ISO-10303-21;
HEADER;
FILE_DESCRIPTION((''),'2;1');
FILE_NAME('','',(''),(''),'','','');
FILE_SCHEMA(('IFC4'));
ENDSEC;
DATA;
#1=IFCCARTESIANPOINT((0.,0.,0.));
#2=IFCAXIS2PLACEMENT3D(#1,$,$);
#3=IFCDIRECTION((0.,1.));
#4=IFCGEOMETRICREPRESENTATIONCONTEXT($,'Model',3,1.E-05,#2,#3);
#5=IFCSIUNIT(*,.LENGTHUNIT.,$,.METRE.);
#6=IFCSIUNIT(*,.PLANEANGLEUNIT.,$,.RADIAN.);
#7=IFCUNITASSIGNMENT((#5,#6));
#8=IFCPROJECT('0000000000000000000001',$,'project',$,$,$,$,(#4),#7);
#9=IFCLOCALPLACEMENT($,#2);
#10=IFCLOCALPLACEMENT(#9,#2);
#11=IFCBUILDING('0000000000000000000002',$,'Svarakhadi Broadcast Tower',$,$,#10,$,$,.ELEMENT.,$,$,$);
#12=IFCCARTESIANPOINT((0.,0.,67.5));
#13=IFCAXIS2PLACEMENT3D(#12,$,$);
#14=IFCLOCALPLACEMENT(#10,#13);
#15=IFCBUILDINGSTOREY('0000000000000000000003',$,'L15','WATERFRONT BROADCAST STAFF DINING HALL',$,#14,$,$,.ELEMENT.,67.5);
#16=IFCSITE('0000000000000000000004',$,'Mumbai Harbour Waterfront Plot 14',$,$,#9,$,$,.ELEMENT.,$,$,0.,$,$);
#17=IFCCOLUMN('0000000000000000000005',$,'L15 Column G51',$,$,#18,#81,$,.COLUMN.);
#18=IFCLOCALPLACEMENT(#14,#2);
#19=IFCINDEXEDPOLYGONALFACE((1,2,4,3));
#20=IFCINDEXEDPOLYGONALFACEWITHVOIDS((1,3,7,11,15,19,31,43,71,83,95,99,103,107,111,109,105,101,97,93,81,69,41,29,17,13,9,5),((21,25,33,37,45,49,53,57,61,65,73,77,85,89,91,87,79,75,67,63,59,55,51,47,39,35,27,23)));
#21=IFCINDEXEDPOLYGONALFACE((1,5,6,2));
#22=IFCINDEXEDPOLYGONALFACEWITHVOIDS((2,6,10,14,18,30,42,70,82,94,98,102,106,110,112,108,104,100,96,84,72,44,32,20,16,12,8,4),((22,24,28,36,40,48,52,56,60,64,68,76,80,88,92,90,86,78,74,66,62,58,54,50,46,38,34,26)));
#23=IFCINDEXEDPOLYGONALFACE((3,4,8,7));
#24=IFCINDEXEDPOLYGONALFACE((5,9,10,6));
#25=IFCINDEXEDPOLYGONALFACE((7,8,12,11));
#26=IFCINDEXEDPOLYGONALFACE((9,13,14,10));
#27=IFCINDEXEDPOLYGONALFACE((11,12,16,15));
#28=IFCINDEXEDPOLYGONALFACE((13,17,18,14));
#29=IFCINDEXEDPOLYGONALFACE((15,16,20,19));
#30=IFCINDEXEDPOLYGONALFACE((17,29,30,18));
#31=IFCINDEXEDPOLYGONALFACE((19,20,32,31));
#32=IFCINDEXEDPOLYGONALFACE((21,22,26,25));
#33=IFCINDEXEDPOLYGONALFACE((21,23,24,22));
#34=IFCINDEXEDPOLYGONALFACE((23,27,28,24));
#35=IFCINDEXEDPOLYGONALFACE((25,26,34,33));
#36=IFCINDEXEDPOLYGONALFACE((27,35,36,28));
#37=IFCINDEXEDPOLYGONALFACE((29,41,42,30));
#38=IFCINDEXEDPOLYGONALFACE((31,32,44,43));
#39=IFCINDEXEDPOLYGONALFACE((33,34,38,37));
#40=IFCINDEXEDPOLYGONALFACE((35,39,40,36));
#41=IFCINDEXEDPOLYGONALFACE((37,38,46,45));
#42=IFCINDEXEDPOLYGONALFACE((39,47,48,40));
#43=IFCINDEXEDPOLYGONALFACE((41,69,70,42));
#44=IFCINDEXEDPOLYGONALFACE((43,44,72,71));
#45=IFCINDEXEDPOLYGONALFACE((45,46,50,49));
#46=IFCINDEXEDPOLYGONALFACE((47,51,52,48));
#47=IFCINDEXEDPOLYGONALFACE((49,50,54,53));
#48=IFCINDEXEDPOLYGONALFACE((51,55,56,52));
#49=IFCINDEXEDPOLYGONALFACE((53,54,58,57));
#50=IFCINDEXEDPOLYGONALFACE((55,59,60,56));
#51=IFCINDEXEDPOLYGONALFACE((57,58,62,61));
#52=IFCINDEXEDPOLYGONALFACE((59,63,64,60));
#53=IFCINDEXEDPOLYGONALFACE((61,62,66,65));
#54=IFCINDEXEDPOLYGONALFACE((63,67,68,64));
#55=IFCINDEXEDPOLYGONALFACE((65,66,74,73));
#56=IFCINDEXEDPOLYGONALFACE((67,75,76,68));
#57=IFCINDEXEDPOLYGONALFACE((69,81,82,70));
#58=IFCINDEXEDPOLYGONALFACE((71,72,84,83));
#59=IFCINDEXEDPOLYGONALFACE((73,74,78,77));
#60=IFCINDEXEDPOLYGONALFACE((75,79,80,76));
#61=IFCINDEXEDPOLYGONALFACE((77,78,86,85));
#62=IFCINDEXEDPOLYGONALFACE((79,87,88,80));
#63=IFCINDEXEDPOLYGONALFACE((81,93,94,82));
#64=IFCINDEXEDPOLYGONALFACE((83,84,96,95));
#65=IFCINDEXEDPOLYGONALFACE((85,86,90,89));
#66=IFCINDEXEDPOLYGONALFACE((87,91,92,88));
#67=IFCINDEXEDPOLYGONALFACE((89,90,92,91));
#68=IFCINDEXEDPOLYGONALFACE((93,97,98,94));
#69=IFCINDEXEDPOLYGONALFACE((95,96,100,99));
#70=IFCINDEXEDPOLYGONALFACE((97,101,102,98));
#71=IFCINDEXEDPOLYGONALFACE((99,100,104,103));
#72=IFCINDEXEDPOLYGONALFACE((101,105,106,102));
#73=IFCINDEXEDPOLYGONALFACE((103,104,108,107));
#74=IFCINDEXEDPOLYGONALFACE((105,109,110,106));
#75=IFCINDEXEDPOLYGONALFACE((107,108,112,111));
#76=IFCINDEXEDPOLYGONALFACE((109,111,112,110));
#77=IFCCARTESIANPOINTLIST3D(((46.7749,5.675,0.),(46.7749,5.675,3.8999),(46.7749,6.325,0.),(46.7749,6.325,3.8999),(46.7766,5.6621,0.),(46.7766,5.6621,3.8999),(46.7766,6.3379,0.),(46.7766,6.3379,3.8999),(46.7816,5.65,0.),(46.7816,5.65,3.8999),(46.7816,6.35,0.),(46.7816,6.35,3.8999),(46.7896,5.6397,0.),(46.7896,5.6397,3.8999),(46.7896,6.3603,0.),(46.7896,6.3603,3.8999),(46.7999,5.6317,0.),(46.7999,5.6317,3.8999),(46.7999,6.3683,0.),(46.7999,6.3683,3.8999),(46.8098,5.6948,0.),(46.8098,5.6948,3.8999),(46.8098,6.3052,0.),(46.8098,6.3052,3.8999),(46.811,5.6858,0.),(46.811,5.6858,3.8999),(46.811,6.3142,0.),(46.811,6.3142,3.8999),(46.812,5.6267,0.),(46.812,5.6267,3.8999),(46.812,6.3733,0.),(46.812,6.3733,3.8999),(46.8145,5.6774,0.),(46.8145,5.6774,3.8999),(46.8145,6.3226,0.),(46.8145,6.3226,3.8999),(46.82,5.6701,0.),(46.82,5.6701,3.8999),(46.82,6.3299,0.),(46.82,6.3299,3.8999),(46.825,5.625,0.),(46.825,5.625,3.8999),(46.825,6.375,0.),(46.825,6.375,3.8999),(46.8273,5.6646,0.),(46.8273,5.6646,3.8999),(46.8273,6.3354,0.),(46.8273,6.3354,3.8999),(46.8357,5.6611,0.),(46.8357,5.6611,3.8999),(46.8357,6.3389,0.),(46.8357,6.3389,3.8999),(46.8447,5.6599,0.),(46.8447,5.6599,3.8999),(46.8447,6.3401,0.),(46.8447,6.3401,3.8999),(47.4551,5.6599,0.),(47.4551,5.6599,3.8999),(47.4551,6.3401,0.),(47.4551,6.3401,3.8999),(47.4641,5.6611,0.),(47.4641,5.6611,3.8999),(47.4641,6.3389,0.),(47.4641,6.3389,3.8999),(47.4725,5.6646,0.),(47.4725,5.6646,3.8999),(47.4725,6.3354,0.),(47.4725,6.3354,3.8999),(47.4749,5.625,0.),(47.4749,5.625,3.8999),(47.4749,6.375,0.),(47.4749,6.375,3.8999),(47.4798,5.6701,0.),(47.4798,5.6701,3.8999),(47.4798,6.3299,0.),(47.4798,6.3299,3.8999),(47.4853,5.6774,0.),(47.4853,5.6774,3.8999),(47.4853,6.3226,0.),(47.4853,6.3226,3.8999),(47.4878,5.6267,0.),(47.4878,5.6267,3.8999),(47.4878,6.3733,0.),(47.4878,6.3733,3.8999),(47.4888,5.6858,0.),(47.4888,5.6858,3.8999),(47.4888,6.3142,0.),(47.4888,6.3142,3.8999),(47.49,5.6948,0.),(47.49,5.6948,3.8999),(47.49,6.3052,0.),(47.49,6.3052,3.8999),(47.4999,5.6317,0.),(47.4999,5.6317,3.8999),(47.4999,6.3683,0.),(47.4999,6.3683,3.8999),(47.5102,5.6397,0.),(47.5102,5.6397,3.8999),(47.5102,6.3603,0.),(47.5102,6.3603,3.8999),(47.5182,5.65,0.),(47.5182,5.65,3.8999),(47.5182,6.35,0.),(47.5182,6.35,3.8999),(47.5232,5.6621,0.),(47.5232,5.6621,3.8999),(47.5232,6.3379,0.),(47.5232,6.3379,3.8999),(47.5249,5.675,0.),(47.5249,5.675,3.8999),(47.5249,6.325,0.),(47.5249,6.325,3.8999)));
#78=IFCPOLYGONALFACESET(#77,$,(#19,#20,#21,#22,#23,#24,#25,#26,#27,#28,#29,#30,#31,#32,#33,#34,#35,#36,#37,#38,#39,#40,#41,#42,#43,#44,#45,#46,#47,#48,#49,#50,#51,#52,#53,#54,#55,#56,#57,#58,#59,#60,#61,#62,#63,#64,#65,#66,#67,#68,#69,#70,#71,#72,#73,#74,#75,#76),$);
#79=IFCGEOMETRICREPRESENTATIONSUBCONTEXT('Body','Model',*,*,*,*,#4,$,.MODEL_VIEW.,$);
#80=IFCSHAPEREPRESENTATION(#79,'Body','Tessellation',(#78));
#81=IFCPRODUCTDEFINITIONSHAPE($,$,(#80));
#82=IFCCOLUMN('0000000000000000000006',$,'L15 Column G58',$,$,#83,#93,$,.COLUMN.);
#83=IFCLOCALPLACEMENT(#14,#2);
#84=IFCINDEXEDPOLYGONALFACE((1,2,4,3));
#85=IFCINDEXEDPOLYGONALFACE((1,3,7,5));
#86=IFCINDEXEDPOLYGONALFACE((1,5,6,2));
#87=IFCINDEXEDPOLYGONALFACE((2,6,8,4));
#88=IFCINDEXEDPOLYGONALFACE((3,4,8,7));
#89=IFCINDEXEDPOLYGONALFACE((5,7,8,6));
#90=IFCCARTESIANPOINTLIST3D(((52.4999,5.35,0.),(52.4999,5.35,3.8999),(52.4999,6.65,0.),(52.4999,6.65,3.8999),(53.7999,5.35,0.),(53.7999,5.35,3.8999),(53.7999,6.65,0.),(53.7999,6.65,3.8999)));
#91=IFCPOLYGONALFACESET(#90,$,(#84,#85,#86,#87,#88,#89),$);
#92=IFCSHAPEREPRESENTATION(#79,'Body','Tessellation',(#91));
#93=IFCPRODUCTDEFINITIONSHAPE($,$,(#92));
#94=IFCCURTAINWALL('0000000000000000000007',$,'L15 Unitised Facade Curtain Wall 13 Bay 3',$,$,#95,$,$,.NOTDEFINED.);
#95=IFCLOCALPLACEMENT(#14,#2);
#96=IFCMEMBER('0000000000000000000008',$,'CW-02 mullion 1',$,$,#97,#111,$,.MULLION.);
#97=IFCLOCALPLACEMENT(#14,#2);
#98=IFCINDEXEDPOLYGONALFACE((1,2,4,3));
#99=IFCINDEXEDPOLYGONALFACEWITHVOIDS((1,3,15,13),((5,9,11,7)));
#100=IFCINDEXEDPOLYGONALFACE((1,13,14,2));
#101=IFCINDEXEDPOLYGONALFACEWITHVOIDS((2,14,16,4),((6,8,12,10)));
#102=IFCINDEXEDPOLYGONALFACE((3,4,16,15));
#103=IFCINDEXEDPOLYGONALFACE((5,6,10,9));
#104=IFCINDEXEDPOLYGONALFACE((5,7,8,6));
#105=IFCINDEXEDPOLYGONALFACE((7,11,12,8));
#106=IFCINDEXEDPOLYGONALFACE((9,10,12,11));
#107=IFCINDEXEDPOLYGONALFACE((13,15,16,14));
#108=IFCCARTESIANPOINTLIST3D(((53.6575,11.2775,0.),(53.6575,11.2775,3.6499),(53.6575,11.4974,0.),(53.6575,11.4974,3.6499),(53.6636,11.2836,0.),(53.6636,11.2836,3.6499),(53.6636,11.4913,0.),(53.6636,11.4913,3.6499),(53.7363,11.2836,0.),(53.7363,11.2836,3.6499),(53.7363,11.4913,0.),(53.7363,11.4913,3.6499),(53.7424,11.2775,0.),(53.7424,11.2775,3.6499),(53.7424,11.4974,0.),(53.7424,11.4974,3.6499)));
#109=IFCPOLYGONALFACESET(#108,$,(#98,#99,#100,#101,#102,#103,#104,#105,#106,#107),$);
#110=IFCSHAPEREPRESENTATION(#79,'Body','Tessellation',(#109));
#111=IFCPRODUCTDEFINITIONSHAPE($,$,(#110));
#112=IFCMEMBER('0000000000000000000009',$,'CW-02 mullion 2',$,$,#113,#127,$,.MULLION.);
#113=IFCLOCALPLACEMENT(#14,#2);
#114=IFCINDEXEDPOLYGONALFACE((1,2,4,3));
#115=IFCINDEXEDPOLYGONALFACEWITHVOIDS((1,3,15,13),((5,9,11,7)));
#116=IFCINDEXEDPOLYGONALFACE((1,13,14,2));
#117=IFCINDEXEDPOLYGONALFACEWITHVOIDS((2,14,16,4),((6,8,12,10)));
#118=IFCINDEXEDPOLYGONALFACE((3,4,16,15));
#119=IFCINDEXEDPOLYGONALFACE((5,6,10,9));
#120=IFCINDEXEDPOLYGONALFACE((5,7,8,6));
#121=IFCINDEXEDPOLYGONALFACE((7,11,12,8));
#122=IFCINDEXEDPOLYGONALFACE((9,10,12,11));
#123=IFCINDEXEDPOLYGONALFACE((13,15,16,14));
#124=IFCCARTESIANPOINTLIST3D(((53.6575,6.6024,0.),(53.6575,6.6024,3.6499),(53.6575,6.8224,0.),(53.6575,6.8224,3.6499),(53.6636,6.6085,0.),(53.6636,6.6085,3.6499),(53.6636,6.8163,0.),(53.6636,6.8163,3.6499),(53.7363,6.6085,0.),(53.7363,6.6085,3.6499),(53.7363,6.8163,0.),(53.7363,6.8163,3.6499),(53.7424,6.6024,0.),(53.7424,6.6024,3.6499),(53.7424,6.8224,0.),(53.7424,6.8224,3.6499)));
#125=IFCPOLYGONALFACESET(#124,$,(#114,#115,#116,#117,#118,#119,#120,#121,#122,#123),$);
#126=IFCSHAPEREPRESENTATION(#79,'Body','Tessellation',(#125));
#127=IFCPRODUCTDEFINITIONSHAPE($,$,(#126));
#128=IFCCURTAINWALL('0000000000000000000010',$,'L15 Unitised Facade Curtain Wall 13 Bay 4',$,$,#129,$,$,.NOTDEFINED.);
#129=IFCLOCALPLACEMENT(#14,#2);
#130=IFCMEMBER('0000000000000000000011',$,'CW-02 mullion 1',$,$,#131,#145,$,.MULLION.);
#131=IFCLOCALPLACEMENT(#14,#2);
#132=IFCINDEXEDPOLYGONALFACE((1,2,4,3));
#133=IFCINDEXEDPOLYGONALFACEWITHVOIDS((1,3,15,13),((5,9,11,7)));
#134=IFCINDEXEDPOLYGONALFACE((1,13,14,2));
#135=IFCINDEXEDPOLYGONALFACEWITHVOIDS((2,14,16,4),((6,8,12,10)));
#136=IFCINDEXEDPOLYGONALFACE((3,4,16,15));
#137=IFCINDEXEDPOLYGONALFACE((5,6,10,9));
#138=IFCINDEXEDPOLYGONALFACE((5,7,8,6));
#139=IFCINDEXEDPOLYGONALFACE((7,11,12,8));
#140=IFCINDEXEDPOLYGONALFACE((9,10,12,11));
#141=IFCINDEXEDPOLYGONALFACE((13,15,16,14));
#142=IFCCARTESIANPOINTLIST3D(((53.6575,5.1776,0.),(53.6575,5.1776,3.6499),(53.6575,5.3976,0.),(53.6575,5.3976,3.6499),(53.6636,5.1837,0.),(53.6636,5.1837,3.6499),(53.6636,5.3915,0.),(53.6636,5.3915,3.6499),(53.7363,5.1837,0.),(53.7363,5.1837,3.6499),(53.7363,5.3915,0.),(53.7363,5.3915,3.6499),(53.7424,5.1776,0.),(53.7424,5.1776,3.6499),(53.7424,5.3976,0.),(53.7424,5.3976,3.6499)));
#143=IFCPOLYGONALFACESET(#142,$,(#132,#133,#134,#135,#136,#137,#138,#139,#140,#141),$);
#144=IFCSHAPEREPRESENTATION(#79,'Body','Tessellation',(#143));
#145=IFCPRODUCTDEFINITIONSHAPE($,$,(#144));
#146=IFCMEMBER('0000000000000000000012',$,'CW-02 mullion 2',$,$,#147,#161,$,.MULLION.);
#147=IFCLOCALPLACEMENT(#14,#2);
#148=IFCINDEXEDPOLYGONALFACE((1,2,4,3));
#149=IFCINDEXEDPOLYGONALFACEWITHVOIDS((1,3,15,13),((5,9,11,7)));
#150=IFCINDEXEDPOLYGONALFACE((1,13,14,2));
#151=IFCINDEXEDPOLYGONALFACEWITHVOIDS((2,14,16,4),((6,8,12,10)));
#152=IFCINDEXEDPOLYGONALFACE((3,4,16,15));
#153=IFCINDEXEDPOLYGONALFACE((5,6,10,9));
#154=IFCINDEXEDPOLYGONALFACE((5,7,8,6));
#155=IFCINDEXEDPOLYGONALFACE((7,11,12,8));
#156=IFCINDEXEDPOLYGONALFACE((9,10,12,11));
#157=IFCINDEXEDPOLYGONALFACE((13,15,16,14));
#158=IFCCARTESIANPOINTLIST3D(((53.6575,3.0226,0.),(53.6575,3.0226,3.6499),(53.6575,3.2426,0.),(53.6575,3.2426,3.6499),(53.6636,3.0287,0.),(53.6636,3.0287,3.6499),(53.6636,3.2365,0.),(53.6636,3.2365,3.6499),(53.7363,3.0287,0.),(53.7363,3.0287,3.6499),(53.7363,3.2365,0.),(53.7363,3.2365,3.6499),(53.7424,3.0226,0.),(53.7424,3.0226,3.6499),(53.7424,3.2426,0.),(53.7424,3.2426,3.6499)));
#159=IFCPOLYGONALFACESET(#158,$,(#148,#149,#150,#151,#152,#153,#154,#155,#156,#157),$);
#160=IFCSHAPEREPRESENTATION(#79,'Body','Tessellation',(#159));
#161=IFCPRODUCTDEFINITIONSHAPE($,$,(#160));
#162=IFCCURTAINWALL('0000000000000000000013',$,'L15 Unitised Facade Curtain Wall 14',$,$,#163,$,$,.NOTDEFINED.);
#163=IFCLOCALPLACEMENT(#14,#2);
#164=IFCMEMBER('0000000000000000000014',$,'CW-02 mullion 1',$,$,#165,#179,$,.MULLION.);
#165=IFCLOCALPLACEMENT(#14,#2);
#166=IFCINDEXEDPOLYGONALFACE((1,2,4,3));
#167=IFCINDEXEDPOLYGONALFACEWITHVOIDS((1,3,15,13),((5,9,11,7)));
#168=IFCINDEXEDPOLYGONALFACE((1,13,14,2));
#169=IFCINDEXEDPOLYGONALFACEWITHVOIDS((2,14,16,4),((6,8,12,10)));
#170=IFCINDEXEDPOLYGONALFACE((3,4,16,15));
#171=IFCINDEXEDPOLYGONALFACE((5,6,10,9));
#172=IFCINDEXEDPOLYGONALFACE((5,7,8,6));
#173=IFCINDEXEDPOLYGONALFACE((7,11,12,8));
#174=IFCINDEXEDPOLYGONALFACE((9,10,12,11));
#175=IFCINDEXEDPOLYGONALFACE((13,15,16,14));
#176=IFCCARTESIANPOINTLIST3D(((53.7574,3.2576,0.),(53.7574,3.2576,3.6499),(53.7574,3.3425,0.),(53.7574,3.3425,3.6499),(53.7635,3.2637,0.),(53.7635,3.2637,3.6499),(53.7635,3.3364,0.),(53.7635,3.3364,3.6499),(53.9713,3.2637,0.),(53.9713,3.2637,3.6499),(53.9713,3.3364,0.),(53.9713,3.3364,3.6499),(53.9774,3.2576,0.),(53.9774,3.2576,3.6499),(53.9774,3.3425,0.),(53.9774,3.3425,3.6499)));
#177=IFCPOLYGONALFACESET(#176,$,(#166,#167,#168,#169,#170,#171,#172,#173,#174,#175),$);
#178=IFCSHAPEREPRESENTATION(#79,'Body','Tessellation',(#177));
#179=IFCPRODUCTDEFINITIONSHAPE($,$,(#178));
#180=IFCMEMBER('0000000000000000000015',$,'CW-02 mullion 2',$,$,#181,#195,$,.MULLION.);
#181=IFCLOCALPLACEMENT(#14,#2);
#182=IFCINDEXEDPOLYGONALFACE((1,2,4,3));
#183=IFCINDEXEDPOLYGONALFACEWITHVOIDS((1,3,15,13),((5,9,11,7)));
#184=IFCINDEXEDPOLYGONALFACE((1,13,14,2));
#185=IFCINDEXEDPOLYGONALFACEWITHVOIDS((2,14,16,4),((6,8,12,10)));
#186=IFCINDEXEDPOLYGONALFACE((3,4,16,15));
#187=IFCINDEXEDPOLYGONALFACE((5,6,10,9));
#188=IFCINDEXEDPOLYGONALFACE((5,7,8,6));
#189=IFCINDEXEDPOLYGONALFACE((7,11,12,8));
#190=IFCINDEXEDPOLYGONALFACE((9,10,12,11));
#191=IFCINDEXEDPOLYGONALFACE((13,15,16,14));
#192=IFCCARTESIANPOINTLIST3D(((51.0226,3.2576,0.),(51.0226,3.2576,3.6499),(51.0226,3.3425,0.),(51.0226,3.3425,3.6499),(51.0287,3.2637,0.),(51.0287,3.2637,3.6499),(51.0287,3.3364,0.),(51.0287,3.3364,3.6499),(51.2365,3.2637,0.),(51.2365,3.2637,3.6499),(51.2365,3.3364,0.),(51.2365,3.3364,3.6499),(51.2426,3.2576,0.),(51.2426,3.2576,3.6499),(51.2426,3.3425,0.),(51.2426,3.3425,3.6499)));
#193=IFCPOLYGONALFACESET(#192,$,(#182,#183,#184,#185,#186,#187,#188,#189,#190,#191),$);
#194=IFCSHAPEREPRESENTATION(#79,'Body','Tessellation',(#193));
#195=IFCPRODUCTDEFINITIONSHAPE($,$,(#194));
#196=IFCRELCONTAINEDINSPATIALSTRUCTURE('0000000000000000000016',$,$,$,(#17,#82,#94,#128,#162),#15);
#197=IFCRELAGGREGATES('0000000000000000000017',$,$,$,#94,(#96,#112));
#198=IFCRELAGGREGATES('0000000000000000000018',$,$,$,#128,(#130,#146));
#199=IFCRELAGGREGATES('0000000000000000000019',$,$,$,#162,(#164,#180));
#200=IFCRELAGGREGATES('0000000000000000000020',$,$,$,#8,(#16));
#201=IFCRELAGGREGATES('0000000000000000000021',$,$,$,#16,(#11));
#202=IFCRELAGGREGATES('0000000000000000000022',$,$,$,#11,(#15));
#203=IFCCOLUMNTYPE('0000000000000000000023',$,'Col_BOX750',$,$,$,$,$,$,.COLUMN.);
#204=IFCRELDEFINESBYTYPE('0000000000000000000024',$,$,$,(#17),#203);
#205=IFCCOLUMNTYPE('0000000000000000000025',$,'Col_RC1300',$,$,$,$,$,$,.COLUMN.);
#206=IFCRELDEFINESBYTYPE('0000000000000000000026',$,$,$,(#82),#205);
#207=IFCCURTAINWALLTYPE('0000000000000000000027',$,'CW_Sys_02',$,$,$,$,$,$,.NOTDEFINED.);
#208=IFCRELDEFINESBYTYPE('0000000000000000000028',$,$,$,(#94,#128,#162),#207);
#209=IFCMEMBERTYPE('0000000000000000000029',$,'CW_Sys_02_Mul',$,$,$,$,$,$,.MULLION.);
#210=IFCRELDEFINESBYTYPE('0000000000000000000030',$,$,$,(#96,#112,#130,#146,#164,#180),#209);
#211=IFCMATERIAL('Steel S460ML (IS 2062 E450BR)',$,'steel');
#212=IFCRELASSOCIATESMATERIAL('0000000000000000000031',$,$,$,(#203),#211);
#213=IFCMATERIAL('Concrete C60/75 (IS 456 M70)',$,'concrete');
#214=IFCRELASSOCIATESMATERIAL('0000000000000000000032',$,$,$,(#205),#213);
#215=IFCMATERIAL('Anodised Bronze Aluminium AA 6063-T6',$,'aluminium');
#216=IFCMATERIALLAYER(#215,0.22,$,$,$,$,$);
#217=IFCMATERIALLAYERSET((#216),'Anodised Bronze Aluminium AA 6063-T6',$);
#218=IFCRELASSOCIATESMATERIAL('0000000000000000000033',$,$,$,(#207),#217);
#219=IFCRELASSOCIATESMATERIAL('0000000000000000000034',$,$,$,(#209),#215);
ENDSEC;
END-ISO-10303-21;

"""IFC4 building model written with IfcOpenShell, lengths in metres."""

from ifc_helpers import new_model, si_unit, direction, frame, origin, origin_2d, place, context, subcontext, project, spatial, rectangle, hollow_rectangle, extrude, material, layer, layer_set, material_profile, profile_set, type_object, element, aggregate, save


model = new_model("IFC4")

# Units and contexts
model_context = context("Model", 3, precision=1e-05, world=origin(), true_north=direction((0.0, 1.0)))
body_context = subcontext(model_context, "Body", "Model", "MODEL_VIEW")
ifc_project = project(units=[si_unit("LENGTHUNIT", "METRE"), si_unit("PLANEANGLEUNIT", "RADIAN")], contexts=[model_context])

# Site, building, storey
site_placement = place(None, origin())
site = spatial("IfcSite", under=ifc_project, at=site_placement, Name="Mumbai Harbour Waterfront Plot 14", CompositionType="ELEMENT", RefElevation=0.0)
building_placement = place(site_placement, origin())
building = spatial("IfcBuilding", under=site, at=building_placement, Name="Svarakhadi Broadcast Tower", CompositionType="ELEMENT")
storey_placement = place(building_placement, frame((0.0, 0.0, 67.5)))
storey = spatial("IfcBuildingStorey", under=building, at=storey_placement, Name="L15", Description="WATERFRONT BROADCAST STAFF DINING HALL", CompositionType="ELEMENT", Elevation=67.5)

# Columns
ifc_material_1 = material(Name="Steel S460ML (IS 2062 E450BR)", Category="steel")
ifc_material_profile_1 = material_profile(ifc_material_1, hollow_rectangle(XDim=0.75, YDim=0.75, WallThickness=0.0349, InnerFilletRadius=0.0349, OuterFilletRadius=0.05, at=origin_2d()), Name="BOX 750x750x35")
ifc_profile_set_1 = profile_set([ifc_material_profile_1], Name="Steel S460ML (IS 2062 E450BR)")
column_type_1 = type_object("IfcColumnType", Name="Col_BOX750", PredefinedType="COLUMN", material=ifc_profile_set_1)
column_1_placement = place(storey_placement, frame((47.1499, 6.0, 0.0), z_axis=(0.0, 0.0, 1.0), x_axis=(1.0, 0.0, 0.0)))
element("IfcColumn", 1, at=column_1_placement, inside=storey, type_object=column_type_1, Name="L15 Column G51", PredefinedType="COLUMN", context=body_context, shape_type="SweptSolid", body=[
    extrude(hollow_rectangle(XDim=0.75, YDim=0.75, WallThickness=0.0349, InnerFilletRadius=0.0349, OuterFilletRadius=0.05, at=origin_2d()), origin(), (0.0, 0.0, 1.0), 3.8999),
])
ifc_material_2 = material(Name="Concrete C60/75 (IS 456 M70)", Category="concrete")
ifc_material_profile_2 = material_profile(ifc_material_2, rectangle(XDim=1.3, YDim=1.3, at=origin_2d()), Name="RC 1300x1300")
ifc_profile_set_2 = profile_set([ifc_material_profile_2], Name="Concrete C60/75 (IS 456 M70)")
column_type_2 = type_object("IfcColumnType", Name="Col_RC1300", PredefinedType="COLUMN", material=ifc_profile_set_2)
column_2_placement = place(storey_placement, frame((53.1499, 6.0, 0.0), z_axis=(0.0, 0.0, 1.0), x_axis=(1.0, 0.0, 0.0)))
element("IfcColumn", 2, at=column_2_placement, inside=storey, type_object=column_type_2, Name="L15 Column G58", PredefinedType="COLUMN", context=body_context, shape_type="SweptSolid", body=[
    extrude(rectangle(XDim=1.3, YDim=1.3, at=origin_2d()), origin(), (0.0, 0.0, 1.0), 3.8999),
])

# Curtain walls, members
ifc_material_3 = material(Name="Anodised Bronze Aluminium AA 6063-T6", Category="aluminium")
ifc_layer_1 = layer(ifc_material_3, 0.22)
ifc_layer_set_1 = layer_set([ifc_layer_1], Name="Anodised Bronze Aluminium AA 6063-T6")
curtain_wall_type = type_object("IfcCurtainWallType", Name="CW_Sys_02", PredefinedType="NOTDEFINED", material=ifc_layer_set_1)
curtain_wall_1_placement = place(storey_placement, origin())
curtain_wall_1 = element("IfcCurtainWall", 3, at=curtain_wall_1_placement, inside=storey, type_object=curtain_wall_type, Name="L15 Unitised Facade Curtain Wall 13 Bay 3", PredefinedType="NOTDEFINED")
ifc_material_profile_3 = material_profile(ifc_material_3, hollow_rectangle(XDim=0.085, YDim=0.22, WallThickness=0.0061, at=origin_2d()), Name="ALU MULLION 220x85x6")
ifc_profile_set_3 = profile_set([ifc_material_profile_3], Name="Anodised Bronze Aluminium AA 6063-T6")
member_type_1 = type_object("IfcMemberType", Name="CW_Sys_02_Mul", PredefinedType="MULLION", material=ifc_profile_set_3)
member_1_placement = place(storey_placement, frame((53.7, 11.3875, 0.0), z_axis=(0.0, 0.0, 1.0), x_axis=(1.0, 0.0, 0.0)))
member_1 = element("IfcMember", 4, at=member_1_placement, type_object=member_type_1, Name="CW-02 mullion 1", PredefinedType="MULLION", context=body_context, shape_type="SweptSolid", body=[
    extrude(hollow_rectangle(XDim=0.085, YDim=0.22, WallThickness=0.0061, at=origin_2d()), origin(), (0.0, 0.0, 1.0), 3.6499),
])
member_2_placement = place(storey_placement, frame((53.7, 6.7124, 0.0), z_axis=(0.0, 0.0, 1.0), x_axis=(1.0, 0.0, 0.0)))
member_2 = element("IfcMember", 5, at=member_2_placement, type_object=member_type_1, Name="CW-02 mullion 2", PredefinedType="MULLION", context=body_context, shape_type="SweptSolid", body=[
    extrude(hollow_rectangle(XDim=0.085, YDim=0.22, WallThickness=0.0061, at=origin_2d()), origin(), (0.0, 0.0, 1.0), 3.6499),
])
curtain_wall_2_placement = place(storey_placement, origin())
curtain_wall_2 = element("IfcCurtainWall", 6, at=curtain_wall_2_placement, inside=storey, type_object=curtain_wall_type, Name="L15 Unitised Facade Curtain Wall 13 Bay 4", PredefinedType="NOTDEFINED")
member_3_placement = place(storey_placement, frame((53.7, 5.2876, 0.0), z_axis=(0.0, 0.0, 1.0), x_axis=(1.0, 0.0, 0.0)))
member_3 = element("IfcMember", 7, at=member_3_placement, type_object=member_type_1, Name="CW-02 mullion 1", PredefinedType="MULLION", context=body_context, shape_type="SweptSolid", body=[
    extrude(hollow_rectangle(XDim=0.085, YDim=0.22, WallThickness=0.0061, at=origin_2d()), origin(), (0.0, 0.0, 1.0), 3.6499),
])
member_4_placement = place(storey_placement, frame((53.7, 3.1326, 0.0), z_axis=(0.0, 0.0, 1.0), x_axis=(1.0, 0.0, 0.0)))
member_4 = element("IfcMember", 8, at=member_4_placement, type_object=member_type_1, Name="CW-02 mullion 2", PredefinedType="MULLION", context=body_context, shape_type="SweptSolid", body=[
    extrude(hollow_rectangle(XDim=0.085, YDim=0.22, WallThickness=0.0061, at=origin_2d()), origin(), (0.0, 0.0, 1.0), 3.6499),
])
curtain_wall_3_placement = place(storey_placement, origin())
curtain_wall_3 = element("IfcCurtainWall", 9, at=curtain_wall_3_placement, inside=storey, type_object=curtain_wall_type, Name="L15 Unitised Facade Curtain Wall 14", PredefinedType="NOTDEFINED")
member_5_placement = place(storey_placement, frame((53.8674, 3.3, 0.0), z_axis=(0.0, 0.0, 1.0), x_axis=(0.0, -1.0, 0.0)))
member_5 = element("IfcMember", 10, at=member_5_placement, type_object=member_type_1, Name="CW-02 mullion 1", PredefinedType="MULLION", context=body_context, shape_type="SweptSolid", body=[
    extrude(hollow_rectangle(XDim=0.085, YDim=0.22, WallThickness=0.0061, at=origin_2d()), origin(), (0.0, 0.0, 1.0), 3.6499),
])
member_6_placement = place(storey_placement, frame((51.1326, 3.3, 0.0), z_axis=(0.0, 0.0, 1.0), x_axis=(0.0, -1.0, 0.0)))
member_6 = element("IfcMember", 11, at=member_6_placement, type_object=member_type_1, Name="CW-02 mullion 2", PredefinedType="MULLION", context=body_context, shape_type="SweptSolid", body=[
    extrude(hollow_rectangle(XDim=0.085, YDim=0.22, WallThickness=0.0061, at=origin_2d()), origin(), (0.0, 0.0, 1.0), 3.6499),
])

aggregate(curtain_wall_1, [member_1, member_2])
aggregate(curtain_wall_2, [member_3, member_4])
aggregate(curtain_wall_3, [member_5, member_6])

save(model, "model.ifc")
